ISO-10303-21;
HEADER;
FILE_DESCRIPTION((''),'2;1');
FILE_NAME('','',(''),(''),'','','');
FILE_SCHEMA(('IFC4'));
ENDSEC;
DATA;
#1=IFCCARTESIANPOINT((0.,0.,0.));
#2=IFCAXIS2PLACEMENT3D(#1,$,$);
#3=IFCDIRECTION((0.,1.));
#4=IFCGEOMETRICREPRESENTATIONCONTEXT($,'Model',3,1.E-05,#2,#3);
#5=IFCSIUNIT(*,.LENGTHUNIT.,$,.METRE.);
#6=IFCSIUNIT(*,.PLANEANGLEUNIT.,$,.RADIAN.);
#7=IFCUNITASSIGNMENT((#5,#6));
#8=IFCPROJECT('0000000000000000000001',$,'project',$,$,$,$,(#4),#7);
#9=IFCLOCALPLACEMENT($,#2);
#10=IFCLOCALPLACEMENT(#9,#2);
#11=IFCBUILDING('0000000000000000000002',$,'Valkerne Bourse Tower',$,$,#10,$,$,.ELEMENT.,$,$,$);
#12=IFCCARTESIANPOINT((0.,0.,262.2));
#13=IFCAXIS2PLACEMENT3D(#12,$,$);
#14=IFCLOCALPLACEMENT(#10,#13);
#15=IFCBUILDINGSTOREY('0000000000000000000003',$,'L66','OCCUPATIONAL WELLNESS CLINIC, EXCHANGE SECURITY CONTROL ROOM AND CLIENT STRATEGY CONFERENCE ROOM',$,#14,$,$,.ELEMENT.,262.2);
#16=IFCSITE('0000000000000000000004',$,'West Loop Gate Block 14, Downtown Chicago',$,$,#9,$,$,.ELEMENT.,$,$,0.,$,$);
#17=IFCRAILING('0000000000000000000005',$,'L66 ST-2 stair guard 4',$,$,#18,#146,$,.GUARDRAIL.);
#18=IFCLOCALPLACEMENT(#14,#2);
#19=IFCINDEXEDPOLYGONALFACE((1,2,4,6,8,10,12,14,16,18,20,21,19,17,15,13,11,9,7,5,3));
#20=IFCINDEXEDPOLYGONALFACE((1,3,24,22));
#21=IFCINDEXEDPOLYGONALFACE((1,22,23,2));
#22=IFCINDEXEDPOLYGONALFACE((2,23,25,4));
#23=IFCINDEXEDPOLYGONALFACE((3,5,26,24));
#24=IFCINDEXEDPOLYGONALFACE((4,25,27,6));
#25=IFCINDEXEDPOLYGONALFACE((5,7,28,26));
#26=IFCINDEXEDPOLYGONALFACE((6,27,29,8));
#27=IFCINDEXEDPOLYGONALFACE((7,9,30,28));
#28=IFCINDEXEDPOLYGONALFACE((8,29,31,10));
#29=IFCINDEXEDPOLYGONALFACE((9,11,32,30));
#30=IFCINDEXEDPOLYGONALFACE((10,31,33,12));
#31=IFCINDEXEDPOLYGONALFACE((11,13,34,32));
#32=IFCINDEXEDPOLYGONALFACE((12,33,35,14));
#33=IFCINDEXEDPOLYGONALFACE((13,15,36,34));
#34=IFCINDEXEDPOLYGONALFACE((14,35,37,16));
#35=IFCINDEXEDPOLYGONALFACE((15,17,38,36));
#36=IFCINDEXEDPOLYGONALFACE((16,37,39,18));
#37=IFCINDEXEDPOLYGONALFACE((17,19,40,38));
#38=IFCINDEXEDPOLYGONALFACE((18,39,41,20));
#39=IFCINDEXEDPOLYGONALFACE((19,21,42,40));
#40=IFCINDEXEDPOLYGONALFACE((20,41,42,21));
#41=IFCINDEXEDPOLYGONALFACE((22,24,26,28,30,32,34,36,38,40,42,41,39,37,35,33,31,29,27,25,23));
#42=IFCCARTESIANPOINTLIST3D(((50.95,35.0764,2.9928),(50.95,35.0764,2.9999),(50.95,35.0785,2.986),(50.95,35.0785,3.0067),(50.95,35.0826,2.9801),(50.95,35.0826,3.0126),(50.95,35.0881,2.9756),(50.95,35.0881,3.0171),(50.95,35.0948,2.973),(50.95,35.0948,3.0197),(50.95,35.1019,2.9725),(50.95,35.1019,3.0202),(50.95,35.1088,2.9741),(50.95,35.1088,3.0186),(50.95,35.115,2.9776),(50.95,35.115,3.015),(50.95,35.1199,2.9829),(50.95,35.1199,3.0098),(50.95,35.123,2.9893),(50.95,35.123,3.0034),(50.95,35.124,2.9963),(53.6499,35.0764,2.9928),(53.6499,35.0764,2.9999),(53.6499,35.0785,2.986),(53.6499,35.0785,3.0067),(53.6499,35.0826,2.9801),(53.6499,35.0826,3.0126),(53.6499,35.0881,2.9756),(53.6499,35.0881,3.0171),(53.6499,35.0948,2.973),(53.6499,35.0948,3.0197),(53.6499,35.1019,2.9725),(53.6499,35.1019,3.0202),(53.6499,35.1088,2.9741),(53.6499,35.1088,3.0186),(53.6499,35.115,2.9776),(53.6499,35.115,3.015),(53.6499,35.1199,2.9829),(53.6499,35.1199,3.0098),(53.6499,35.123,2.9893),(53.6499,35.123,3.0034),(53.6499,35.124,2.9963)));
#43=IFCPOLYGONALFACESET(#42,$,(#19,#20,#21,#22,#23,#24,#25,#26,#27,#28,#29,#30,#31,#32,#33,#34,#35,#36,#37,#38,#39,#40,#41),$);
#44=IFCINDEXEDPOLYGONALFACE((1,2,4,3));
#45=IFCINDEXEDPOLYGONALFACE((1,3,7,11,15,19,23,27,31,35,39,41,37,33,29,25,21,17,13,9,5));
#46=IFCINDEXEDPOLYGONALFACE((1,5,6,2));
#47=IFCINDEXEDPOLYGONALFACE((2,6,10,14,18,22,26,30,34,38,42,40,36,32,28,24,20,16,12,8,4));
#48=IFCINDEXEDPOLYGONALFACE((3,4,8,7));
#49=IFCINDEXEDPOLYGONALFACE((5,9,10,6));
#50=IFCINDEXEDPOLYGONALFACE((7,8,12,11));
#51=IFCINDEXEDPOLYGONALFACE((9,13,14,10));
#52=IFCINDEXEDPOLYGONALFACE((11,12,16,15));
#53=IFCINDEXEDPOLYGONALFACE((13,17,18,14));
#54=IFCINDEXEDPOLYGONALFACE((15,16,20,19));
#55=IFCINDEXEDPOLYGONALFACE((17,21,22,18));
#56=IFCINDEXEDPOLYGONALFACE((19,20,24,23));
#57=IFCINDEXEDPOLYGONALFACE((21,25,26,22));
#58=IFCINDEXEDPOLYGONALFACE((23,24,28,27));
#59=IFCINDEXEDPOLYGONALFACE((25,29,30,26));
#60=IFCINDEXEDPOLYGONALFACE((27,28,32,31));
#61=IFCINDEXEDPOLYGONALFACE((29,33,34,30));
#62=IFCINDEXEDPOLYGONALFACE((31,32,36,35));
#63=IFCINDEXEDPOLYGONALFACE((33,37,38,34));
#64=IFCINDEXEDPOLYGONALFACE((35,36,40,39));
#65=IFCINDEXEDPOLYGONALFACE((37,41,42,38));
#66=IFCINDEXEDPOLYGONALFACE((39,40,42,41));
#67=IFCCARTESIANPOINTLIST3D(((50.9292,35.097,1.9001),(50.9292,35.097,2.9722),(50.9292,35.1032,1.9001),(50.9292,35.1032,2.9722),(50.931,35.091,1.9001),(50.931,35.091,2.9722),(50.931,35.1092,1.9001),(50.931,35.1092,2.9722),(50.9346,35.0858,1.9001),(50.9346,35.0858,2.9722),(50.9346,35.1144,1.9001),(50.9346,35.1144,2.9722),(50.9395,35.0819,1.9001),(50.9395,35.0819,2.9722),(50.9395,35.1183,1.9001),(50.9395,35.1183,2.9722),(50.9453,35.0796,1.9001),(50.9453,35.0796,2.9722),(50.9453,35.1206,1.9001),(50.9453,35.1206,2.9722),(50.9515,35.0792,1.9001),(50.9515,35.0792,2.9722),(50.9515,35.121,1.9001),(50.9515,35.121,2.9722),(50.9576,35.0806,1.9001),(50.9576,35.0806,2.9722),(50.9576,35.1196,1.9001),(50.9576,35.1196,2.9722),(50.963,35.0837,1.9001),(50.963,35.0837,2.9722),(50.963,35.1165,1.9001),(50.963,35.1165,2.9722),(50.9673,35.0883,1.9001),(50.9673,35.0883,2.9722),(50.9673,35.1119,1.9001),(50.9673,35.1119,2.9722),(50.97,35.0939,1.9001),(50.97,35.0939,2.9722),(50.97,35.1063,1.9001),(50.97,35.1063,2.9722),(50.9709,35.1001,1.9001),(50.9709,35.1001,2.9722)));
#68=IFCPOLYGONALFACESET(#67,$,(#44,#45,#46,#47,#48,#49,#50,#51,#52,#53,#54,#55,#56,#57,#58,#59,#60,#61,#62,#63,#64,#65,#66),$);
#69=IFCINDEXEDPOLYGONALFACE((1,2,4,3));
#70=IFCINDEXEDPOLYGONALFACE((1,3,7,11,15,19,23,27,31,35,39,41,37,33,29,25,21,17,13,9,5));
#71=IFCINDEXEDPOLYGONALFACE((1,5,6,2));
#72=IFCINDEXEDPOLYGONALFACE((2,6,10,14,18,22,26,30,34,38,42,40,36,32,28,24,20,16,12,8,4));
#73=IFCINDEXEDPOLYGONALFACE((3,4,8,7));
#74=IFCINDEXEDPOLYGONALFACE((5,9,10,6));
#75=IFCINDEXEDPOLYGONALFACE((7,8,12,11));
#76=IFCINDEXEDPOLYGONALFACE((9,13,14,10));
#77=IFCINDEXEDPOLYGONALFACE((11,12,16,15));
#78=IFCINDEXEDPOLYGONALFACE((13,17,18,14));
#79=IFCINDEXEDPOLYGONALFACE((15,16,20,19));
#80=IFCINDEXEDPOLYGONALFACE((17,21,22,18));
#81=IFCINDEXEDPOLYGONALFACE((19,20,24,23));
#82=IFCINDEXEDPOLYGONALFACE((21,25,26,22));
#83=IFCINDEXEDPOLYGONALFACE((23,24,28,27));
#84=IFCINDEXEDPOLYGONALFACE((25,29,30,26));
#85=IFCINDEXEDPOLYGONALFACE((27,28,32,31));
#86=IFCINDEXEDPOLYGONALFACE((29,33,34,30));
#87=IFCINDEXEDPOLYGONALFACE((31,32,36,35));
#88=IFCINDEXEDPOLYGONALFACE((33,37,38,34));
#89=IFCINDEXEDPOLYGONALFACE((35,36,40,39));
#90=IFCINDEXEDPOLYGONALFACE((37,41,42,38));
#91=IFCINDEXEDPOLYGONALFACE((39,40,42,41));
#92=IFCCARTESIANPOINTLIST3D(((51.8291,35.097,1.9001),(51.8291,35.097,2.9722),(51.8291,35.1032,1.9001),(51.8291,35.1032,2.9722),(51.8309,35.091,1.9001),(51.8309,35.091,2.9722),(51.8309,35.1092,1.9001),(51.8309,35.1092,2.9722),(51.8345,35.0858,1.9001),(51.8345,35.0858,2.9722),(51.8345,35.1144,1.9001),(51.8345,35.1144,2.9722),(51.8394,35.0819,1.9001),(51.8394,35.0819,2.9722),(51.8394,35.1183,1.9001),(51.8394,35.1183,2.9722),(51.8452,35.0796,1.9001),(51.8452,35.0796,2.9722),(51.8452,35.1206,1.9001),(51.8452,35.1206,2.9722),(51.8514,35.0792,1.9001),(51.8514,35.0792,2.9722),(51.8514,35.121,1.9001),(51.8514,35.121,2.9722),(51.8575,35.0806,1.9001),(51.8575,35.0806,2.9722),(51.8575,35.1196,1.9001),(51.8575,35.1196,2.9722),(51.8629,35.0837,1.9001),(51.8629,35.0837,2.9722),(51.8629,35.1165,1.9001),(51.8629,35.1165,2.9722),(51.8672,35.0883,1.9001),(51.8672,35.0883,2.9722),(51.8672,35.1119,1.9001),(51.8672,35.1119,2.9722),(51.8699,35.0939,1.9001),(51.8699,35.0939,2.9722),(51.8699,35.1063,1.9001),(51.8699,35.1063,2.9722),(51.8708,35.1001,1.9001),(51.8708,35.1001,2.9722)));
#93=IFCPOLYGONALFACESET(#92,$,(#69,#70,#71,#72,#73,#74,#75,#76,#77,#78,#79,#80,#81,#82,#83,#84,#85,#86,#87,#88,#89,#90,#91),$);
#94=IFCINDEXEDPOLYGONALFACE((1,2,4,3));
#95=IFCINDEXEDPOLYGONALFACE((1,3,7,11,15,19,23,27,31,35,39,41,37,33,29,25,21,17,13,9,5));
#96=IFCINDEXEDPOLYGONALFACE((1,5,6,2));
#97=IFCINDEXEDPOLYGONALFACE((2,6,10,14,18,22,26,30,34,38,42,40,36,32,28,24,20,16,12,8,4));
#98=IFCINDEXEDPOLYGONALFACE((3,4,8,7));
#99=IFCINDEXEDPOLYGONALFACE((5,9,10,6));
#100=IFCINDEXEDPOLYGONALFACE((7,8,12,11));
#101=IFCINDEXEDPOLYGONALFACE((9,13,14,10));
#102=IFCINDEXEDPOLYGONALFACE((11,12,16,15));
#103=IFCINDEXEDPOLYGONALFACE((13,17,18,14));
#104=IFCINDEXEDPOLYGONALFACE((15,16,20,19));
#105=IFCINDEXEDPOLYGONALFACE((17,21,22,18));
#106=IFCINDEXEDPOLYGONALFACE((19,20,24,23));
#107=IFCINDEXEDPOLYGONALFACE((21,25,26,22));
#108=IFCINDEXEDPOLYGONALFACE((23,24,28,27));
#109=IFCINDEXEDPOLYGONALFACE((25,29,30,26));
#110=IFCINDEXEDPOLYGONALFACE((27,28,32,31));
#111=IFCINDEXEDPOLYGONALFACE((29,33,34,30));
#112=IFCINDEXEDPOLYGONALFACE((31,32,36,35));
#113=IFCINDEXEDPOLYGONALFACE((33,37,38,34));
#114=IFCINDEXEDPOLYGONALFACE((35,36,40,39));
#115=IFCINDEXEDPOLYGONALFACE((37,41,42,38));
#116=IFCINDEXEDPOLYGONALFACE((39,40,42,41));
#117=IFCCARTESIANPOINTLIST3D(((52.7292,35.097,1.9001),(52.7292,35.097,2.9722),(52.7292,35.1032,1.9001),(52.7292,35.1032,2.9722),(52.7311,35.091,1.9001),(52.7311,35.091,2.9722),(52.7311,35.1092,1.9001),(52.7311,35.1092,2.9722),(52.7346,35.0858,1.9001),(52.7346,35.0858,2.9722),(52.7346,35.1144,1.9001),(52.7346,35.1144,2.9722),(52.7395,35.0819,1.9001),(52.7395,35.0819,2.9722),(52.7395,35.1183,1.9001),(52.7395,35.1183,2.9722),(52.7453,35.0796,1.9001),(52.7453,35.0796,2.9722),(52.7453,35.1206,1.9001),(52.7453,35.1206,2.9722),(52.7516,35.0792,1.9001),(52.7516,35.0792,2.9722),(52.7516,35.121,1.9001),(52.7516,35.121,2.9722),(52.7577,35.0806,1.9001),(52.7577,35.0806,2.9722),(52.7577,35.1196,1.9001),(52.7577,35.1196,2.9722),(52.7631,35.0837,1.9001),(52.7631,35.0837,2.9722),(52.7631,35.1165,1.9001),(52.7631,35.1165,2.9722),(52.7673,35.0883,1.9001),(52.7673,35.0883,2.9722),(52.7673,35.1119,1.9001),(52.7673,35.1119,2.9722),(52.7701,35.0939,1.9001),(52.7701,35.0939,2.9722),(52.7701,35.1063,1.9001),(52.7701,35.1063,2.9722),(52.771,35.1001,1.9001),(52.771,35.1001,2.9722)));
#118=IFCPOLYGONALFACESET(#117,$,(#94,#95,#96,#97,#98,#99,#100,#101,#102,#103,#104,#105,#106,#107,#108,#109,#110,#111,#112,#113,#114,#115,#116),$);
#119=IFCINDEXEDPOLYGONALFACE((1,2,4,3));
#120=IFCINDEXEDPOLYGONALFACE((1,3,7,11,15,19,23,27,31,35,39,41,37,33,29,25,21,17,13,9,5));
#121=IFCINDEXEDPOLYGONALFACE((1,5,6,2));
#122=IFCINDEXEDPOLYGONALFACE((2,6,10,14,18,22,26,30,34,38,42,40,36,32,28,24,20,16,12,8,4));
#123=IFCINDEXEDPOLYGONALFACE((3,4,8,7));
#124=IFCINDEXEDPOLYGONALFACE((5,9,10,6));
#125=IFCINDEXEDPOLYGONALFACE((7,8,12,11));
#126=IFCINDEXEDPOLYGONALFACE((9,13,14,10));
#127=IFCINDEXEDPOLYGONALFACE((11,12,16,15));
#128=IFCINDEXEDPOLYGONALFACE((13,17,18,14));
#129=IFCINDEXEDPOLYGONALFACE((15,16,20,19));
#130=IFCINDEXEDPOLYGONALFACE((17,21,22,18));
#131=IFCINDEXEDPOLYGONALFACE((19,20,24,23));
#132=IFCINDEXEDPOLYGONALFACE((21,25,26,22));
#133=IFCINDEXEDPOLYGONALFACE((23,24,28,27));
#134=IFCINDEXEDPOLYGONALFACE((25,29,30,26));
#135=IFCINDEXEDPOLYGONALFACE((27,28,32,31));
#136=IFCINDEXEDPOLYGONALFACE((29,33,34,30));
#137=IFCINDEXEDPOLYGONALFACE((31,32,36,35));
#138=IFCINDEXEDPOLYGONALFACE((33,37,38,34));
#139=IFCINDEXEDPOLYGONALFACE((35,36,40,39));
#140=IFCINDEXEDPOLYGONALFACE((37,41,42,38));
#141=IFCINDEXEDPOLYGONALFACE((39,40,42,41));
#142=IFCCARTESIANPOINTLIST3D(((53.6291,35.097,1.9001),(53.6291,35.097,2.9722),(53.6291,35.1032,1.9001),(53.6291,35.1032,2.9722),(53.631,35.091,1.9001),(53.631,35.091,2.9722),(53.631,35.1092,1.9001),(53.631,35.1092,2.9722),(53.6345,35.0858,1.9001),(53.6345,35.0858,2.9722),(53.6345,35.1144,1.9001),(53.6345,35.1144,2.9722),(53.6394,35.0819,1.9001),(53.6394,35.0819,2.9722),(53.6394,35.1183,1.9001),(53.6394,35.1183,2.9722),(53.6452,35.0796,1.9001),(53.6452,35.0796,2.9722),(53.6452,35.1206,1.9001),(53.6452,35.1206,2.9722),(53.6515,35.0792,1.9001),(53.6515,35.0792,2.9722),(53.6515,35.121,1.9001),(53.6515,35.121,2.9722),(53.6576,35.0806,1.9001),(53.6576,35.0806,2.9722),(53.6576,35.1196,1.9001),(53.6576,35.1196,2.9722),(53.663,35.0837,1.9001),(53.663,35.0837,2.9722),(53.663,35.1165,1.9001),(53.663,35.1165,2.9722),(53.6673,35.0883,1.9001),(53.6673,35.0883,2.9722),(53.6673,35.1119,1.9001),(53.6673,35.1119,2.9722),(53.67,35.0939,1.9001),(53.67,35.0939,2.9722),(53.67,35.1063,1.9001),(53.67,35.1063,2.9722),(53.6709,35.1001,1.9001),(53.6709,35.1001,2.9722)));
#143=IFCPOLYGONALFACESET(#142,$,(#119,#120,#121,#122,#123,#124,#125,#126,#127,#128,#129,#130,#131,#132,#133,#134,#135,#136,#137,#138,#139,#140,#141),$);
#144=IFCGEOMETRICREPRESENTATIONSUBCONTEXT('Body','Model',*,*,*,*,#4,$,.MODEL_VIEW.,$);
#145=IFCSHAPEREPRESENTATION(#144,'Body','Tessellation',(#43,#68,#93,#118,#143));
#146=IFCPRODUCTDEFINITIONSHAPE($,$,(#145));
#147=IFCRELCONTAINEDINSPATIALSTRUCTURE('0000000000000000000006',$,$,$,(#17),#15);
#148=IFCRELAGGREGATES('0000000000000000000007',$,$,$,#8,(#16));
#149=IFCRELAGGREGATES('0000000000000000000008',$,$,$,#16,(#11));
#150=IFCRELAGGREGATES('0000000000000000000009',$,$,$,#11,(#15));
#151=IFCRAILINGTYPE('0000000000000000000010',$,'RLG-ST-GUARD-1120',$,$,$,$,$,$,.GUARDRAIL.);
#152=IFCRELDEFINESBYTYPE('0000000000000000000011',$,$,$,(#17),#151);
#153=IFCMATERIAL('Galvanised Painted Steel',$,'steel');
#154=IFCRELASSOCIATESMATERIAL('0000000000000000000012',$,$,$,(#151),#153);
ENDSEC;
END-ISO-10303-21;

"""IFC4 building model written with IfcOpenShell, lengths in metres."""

from ifc_helpers import new_model, si_unit, direction, frame, origin, origin_2d, place, context, subcontext, project, spatial, circle, extrude, material, type_object, element, save


model = new_model("IFC4")

# Units and contexts
model_context = context("Model", 3, precision=1e-05, world=origin(), true_north=direction((0.0, 1.0)))
body_context = subcontext(model_context, "Body", "Model", "MODEL_VIEW")
ifc_project = project(units=[si_unit("LENGTHUNIT", "METRE"), si_unit("PLANEANGLEUNIT", "RADIAN")], contexts=[model_context])

# Site, building, storey
site_placement = place(None, origin())
site = spatial("IfcSite", under=ifc_project, at=site_placement, Name="West Loop Gate Block 14, Downtown Chicago", CompositionType="ELEMENT", RefElevation=0.0)
building_placement = place(site_placement, origin())
building = spatial("IfcBuilding", under=site, at=building_placement, Name="Valkerne Bourse Tower", CompositionType="ELEMENT")
storey_placement = place(building_placement, frame((0.0, 0.0, 262.2)))
storey = spatial("IfcBuildingStorey", under=building, at=storey_placement, Name="L66", Description="OCCUPATIONAL WELLNESS CLINIC, EXCHANGE SECURITY CONTROL ROOM AND CLIENT STRATEGY CONFERENCE ROOM", CompositionType="ELEMENT", Elevation=262.2)

# Railing
ifc_material_1 = material(Name="Galvanised Painted Steel", Category="steel")
railing_type_1 = type_object("IfcRailingType", Name="RLG-ST-GUARD-1120", PredefinedType="GUARDRAIL", material=ifc_material_1)
railing_1_placement = place(storey_placement, frame((50.95, 35.1001, 1.9001)))
element("IfcRailing", 1, at=railing_1_placement, inside=storey, type_object=railing_type_1, Name="L66 ST-2 stair guard 4", PredefinedType="GUARDRAIL", context=body_context, shape_type="SweptSolid", body=[
    extrude(circle(Radius=0.0239, at=origin_2d()), frame((0.0, 0.0, 1.0962), z_axis=(1.0, 0.0, 0.0), x_axis=(0.0, 1.0, 0.0)), (0.0, 0.0, 1.0), 2.7),
    extrude(circle(Radius=0.021, at=origin_2d()), origin(), (0.0, 0.0, 1.0), 1.072),
    extrude(circle(Radius=0.021, at=origin_2d()), frame((0.8999, 0.0, 0.0)), (0.0, 0.0, 1.0), 1.072),
    extrude(circle(Radius=0.021, at=origin_2d()), frame((1.8, 0.0, 0.0)), (0.0, 0.0, 1.0), 1.072),
    extrude(circle(Radius=0.021, at=origin_2d()), frame((2.7, 0.0, 0.0)), (0.0, 0.0, 1.0), 1.072),
])

save(model, "model.ifc")
